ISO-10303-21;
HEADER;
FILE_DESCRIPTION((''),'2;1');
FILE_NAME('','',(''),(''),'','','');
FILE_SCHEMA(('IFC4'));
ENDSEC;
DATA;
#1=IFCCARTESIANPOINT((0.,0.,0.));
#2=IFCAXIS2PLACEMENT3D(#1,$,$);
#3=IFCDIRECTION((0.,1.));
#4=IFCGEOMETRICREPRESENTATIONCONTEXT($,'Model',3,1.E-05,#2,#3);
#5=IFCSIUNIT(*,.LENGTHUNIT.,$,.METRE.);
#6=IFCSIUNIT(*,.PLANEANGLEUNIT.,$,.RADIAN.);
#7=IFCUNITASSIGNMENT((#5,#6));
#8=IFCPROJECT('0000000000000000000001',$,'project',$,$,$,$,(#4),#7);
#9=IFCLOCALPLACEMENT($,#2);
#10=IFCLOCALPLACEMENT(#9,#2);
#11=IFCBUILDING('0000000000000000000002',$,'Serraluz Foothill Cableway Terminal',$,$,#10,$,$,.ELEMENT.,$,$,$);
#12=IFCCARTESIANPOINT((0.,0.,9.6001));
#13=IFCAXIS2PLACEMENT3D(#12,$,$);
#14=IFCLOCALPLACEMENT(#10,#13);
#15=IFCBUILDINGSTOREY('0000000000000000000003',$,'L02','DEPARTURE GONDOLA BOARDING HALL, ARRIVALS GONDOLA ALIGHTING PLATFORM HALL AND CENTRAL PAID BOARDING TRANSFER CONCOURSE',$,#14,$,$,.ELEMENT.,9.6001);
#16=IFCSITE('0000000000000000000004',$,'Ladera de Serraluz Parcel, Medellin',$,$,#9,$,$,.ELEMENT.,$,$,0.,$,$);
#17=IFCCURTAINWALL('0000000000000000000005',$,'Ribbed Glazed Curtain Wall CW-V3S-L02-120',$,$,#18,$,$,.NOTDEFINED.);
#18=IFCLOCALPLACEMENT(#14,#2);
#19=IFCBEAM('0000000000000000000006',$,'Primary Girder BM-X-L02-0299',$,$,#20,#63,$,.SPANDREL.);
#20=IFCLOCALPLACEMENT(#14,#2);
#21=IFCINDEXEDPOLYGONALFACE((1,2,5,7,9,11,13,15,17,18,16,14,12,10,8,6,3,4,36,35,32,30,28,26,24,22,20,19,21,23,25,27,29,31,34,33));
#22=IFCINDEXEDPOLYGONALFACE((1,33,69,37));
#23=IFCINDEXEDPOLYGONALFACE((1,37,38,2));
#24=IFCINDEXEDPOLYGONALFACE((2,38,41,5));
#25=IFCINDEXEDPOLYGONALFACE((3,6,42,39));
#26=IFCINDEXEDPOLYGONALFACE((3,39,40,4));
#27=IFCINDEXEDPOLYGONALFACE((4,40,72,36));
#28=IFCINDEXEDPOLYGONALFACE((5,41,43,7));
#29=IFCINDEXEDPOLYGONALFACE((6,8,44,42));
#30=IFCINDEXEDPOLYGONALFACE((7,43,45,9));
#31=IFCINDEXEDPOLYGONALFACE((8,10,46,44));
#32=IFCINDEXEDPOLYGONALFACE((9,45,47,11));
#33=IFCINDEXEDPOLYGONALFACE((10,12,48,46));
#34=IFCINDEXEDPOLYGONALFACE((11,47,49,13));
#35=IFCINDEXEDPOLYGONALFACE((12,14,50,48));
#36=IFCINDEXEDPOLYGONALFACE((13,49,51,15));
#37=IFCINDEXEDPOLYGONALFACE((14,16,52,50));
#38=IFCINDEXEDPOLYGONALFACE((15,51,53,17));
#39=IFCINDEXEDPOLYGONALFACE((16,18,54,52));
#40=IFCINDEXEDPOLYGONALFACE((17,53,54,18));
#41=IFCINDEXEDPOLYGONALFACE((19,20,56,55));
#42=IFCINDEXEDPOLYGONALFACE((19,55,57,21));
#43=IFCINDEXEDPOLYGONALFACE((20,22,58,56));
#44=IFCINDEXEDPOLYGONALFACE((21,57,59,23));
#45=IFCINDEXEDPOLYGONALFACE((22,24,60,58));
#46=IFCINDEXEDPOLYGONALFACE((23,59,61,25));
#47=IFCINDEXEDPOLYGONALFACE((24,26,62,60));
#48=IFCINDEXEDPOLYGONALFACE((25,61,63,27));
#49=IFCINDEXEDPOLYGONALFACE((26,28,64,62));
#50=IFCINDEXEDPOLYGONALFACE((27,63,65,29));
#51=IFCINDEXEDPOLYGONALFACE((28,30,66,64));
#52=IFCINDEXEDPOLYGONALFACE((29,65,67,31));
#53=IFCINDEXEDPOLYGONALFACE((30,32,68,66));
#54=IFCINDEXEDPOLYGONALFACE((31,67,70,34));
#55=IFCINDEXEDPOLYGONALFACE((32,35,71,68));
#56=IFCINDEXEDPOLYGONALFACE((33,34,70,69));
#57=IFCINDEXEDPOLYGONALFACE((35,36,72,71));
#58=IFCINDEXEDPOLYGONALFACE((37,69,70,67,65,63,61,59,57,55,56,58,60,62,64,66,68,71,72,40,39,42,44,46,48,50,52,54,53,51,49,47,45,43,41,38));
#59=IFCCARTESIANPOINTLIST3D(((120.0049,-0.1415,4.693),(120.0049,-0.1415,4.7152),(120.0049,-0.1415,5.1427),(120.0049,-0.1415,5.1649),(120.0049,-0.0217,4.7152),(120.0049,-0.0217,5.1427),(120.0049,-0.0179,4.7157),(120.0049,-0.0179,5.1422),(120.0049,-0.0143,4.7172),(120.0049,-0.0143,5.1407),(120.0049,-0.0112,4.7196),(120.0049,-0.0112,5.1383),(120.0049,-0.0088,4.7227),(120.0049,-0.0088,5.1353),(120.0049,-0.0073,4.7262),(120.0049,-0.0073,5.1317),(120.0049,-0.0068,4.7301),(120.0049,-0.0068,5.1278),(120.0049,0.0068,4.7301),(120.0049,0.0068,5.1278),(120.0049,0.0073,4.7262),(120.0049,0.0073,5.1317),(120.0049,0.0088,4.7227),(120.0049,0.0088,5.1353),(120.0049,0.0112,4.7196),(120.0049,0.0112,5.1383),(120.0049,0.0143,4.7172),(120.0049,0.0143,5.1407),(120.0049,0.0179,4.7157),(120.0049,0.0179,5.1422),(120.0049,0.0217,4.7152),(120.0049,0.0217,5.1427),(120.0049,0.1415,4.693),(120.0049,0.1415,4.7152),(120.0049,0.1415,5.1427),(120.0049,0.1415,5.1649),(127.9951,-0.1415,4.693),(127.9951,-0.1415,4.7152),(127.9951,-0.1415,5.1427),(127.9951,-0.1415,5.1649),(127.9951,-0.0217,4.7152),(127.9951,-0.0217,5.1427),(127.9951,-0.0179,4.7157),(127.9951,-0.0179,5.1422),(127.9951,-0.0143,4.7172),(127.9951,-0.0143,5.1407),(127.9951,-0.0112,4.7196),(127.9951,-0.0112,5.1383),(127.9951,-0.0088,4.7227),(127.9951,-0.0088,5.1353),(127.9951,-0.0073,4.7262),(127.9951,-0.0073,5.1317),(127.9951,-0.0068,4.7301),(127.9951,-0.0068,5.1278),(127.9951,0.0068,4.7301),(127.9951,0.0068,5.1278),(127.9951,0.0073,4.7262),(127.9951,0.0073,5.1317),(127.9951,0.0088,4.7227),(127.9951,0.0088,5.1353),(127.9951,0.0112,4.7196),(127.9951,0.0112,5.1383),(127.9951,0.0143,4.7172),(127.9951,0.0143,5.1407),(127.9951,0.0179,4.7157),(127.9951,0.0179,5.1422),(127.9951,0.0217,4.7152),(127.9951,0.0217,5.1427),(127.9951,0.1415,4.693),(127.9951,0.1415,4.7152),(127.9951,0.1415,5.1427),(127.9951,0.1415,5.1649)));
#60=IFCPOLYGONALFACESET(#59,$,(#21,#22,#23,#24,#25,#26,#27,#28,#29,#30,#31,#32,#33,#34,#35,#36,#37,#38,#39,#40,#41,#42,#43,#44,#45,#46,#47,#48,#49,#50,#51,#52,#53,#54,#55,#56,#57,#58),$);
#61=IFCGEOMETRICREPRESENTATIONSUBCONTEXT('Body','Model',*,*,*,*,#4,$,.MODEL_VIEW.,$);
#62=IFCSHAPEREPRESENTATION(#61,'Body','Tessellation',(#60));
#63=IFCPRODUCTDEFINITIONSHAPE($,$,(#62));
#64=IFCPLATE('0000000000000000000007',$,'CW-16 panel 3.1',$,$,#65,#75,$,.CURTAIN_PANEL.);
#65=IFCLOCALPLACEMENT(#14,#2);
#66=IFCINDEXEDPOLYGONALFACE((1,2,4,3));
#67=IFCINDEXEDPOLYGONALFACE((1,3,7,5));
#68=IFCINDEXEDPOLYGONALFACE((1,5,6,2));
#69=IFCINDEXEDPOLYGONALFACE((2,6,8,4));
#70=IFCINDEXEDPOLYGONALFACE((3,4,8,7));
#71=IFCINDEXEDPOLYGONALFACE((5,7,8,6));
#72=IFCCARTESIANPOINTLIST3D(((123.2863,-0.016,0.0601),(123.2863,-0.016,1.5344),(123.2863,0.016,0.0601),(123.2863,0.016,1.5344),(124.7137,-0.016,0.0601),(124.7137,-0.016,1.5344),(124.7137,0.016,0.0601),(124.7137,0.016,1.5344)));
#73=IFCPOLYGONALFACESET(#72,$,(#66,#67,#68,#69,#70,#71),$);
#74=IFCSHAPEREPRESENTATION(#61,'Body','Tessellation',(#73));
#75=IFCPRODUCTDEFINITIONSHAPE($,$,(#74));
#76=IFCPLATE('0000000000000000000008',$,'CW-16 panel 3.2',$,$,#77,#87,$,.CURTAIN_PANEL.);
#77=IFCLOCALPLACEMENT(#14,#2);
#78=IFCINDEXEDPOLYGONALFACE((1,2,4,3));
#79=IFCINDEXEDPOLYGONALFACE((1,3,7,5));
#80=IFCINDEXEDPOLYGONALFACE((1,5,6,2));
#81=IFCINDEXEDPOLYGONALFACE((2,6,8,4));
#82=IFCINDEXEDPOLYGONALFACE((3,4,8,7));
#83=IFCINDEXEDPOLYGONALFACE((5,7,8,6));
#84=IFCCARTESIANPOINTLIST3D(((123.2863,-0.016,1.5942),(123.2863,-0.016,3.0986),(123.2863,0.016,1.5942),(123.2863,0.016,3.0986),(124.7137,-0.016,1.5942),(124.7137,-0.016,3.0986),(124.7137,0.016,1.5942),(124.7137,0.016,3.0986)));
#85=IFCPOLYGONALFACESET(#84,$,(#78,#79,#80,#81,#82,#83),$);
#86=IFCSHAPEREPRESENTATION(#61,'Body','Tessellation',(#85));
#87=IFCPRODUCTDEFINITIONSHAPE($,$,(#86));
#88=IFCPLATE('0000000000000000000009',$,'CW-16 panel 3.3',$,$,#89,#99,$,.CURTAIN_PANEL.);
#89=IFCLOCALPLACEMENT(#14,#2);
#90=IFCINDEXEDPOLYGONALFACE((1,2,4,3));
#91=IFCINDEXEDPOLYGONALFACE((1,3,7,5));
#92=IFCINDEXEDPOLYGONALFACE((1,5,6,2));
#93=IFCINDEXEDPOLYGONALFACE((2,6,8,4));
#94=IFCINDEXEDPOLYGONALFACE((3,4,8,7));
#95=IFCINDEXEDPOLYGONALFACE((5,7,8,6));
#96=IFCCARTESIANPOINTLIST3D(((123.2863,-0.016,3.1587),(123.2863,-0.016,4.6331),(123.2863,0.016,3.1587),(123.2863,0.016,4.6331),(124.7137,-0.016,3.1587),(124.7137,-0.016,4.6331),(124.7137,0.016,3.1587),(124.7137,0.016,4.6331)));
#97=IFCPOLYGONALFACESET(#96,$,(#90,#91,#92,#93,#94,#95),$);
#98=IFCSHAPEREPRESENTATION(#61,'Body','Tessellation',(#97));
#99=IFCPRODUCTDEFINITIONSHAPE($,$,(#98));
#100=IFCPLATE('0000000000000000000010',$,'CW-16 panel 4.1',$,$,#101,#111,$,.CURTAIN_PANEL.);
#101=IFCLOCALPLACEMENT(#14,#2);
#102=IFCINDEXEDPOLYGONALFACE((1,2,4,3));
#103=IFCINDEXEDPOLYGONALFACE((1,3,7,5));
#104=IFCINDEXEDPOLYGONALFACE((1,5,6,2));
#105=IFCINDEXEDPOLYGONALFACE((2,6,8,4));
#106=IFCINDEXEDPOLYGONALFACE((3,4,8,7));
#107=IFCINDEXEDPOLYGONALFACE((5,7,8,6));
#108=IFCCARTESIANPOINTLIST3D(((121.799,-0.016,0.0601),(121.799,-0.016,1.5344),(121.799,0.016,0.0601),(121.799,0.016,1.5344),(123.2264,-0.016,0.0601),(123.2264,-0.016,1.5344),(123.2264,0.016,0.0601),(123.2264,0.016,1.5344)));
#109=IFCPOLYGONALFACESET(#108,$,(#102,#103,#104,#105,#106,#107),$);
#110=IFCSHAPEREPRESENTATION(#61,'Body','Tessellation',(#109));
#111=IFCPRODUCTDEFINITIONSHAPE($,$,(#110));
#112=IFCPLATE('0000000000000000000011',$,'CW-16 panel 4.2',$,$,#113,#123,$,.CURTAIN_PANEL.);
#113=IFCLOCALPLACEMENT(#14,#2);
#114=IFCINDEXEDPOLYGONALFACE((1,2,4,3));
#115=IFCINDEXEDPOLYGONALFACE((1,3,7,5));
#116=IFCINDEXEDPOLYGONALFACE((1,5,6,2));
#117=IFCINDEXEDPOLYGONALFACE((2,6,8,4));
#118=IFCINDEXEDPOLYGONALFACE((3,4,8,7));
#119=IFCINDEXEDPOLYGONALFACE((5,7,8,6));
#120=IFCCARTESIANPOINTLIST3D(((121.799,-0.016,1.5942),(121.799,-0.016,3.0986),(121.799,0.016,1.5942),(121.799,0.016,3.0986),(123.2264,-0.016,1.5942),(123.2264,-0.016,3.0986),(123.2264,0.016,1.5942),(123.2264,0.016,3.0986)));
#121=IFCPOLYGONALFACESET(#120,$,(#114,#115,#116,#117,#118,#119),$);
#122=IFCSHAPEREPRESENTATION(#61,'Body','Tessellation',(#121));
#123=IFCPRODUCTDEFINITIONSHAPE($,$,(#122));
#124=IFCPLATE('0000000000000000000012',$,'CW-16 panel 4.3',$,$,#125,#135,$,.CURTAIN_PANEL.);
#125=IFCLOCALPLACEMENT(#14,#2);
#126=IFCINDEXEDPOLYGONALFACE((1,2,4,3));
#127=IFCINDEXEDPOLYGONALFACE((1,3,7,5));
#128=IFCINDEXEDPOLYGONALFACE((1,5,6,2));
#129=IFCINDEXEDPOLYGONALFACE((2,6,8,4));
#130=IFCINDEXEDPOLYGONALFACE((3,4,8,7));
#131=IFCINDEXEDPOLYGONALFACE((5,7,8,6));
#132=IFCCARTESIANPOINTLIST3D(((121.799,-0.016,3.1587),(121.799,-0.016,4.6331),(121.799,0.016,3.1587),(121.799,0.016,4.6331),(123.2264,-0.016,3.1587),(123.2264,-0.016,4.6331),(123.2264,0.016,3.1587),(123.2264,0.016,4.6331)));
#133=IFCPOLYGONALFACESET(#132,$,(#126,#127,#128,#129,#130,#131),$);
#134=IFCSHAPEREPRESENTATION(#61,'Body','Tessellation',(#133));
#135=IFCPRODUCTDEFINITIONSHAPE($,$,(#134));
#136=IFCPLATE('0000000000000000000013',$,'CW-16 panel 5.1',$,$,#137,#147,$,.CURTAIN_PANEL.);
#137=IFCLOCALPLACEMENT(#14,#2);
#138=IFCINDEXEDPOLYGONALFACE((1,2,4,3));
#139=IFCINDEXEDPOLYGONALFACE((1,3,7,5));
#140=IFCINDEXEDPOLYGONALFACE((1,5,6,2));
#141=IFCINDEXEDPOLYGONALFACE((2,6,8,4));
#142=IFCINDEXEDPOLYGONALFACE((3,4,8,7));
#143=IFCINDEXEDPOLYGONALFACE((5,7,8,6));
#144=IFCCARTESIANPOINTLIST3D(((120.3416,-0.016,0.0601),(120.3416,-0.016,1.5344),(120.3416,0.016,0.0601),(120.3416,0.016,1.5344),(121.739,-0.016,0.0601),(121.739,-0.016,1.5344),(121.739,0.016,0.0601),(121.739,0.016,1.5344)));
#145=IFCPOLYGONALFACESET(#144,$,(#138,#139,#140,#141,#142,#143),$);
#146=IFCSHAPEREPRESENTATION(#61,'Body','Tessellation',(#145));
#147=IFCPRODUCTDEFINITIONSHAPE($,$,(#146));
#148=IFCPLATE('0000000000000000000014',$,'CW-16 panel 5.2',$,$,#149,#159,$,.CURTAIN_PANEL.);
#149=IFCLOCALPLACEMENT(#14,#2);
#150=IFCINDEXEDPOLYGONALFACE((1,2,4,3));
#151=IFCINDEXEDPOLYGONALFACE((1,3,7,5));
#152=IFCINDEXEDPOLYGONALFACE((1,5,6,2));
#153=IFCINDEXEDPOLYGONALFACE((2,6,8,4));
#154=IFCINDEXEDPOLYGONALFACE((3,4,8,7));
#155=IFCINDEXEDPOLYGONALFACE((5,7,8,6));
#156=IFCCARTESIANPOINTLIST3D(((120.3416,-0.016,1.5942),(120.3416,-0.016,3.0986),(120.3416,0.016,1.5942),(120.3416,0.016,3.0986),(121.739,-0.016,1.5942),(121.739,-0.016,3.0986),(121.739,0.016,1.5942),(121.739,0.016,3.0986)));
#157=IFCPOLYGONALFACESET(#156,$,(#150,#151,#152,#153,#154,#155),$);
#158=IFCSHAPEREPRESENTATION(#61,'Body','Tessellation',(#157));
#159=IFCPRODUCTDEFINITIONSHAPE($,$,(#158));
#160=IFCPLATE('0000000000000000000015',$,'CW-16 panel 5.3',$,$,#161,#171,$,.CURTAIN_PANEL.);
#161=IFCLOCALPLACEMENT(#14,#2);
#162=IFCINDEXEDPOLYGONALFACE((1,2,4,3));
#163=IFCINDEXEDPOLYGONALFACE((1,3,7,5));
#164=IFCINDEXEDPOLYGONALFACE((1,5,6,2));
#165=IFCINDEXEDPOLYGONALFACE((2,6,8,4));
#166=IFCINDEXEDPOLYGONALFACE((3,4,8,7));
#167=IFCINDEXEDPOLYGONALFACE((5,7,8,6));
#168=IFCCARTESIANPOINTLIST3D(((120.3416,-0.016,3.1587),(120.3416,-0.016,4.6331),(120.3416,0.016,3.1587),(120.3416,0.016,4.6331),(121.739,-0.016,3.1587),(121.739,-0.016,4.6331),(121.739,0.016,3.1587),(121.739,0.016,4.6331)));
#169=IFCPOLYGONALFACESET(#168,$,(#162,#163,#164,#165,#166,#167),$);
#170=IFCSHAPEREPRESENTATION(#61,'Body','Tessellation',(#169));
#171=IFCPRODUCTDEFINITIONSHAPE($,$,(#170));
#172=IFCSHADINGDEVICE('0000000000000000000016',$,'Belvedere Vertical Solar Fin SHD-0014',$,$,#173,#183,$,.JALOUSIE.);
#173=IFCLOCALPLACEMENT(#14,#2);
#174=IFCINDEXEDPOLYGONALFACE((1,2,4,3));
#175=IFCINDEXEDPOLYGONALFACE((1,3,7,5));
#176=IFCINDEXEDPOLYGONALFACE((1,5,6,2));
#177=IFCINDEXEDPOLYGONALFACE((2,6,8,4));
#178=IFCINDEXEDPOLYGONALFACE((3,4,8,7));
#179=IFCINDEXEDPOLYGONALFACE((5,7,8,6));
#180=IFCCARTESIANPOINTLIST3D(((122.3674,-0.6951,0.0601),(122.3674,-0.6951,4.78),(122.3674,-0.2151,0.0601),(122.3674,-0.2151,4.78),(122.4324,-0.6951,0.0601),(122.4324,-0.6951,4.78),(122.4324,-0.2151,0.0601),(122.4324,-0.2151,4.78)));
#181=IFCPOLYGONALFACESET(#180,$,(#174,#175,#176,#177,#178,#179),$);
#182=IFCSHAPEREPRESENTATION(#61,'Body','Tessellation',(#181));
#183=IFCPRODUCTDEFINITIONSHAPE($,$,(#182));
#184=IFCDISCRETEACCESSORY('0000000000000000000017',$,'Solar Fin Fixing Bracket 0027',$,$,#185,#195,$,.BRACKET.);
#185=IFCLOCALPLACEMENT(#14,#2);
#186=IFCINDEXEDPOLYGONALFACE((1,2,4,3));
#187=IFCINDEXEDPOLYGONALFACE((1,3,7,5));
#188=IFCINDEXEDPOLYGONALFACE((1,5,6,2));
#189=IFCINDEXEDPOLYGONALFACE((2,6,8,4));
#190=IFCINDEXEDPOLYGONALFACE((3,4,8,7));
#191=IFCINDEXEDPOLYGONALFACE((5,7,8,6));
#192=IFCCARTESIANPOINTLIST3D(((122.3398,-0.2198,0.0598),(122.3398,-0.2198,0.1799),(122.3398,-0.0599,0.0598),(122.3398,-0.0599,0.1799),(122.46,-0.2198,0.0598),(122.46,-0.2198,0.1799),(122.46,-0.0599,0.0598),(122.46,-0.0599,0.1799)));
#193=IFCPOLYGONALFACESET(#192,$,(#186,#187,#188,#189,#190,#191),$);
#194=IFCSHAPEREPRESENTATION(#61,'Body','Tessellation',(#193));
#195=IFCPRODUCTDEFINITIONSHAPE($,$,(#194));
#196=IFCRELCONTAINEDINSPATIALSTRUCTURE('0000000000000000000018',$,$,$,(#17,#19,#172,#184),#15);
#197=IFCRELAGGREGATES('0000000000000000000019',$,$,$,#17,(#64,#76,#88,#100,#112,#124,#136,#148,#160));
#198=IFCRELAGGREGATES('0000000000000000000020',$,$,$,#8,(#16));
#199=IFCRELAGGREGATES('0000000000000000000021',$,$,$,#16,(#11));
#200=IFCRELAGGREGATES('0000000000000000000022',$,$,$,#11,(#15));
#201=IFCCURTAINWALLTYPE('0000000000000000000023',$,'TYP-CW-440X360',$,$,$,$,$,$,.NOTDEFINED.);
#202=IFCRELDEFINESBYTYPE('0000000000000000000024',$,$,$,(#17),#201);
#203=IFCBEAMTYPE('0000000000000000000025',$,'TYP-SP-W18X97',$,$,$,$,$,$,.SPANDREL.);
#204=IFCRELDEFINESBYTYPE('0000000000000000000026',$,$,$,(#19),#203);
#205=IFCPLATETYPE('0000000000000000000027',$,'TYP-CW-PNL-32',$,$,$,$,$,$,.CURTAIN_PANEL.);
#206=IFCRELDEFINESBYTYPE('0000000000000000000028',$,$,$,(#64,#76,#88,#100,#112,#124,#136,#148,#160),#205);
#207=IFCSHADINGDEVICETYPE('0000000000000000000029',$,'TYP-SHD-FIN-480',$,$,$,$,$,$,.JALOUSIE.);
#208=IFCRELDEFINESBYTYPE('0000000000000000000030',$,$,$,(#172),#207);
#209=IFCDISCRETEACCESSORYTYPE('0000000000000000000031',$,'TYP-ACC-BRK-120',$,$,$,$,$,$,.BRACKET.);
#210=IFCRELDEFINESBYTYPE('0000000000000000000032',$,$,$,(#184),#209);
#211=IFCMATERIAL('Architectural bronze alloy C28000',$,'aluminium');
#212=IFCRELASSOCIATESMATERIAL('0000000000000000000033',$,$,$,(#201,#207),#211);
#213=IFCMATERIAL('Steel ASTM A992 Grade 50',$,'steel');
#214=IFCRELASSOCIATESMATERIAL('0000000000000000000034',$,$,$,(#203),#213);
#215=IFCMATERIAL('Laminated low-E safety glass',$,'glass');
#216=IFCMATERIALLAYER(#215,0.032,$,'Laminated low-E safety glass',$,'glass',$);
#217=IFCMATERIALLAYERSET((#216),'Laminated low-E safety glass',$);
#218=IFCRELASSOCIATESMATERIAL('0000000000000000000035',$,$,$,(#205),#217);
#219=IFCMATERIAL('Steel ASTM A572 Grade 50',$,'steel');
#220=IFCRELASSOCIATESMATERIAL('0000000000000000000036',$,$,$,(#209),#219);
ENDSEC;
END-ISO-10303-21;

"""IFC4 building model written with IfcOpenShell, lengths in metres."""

from ifc_helpers import new_model, si_unit, direction, frame, origin, origin_2d, place, context, subcontext, project, spatial, rectangle, i_section, extrude, material, layer, layer_set, material_profile, profile_set, type_object, element, aggregate, save


model = new_model("IFC4")

# Units and contexts
model_context = context("Model", 3, precision=1e-05, world=origin(), true_north=direction((0.0, 1.0)))
body_context = subcontext(model_context, "Body", "Model", "MODEL_VIEW")
ifc_project = project(units=[si_unit("LENGTHUNIT", "METRE"), si_unit("PLANEANGLEUNIT", "RADIAN")], contexts=[model_context])

# Site, building, storey
site_placement = place(None, origin())
site = spatial("IfcSite", under=ifc_project, at=site_placement, Name="Ladera de Serraluz Parcel, Medellin", CompositionType="ELEMENT", RefElevation=0.0)
building_placement = place(site_placement, origin())
building = spatial("IfcBuilding", under=site, at=building_placement, Name="Serraluz Foothill Cableway Terminal", CompositionType="ELEMENT")
storey_placement = place(building_placement, frame((0.0, 0.0, 9.6001)))
storey = spatial("IfcBuildingStorey", under=building, at=storey_placement, Name="L02", Description="DEPARTURE GONDOLA BOARDING HALL, ARRIVALS GONDOLA ALIGHTING PLATFORM HALL AND CENTRAL PAID BOARDING TRANSFER CONCOURSE", CompositionType="ELEMENT", Elevation=9.6001)

# Curtain wall
ifc_material_1 = material(Name="Architectural bronze alloy C28000", Category="aluminium")
curtain_wall_type = type_object("IfcCurtainWallType", Name="TYP-CW-440X360", PredefinedType="NOTDEFINED", material=ifc_material_1)
curtain_wall_placement = place(storey_placement, origin())
curtain_wall = element("IfcCurtainWall", 1, at=curtain_wall_placement, inside=storey, type_object=curtain_wall_type, Name="Ribbed Glazed Curtain Wall CW-V3S-L02-120", PredefinedType="NOTDEFINED")

# Beam
ifc_material_2 = material(Name="Steel ASTM A992 Grade 50", Category="steel")
ifc_material_profile_1 = material_profile(ifc_material_2, i_section(OverallWidth=0.283, OverallDepth=0.4719, WebThickness=0.0137, FlangeThickness=0.0222, FilletRadius=0.0149, at=origin_2d()), Name="W18X97")
ifc_profile_set_1 = profile_set([ifc_material_profile_1], Name="Steel ASTM A992 Grade 50")
beam_type = type_object("IfcBeamType", Name="TYP-SP-W18X97", PredefinedType="SPANDREL", material=ifc_profile_set_1)
beam_placement = place(storey_placement, frame((120.0049, 0.0, 4.929), z_axis=(1.0, 0.0, 0.0), x_axis=(0.0, 1.0, 0.0)))
element("IfcBeam", 2, at=beam_placement, inside=storey, type_object=beam_type, Name="Primary Girder BM-X-L02-0299", PredefinedType="SPANDREL", context=body_context, shape_type="SweptSolid", body=[
    extrude(i_section(OverallWidth=0.283, OverallDepth=0.4719, WebThickness=0.0137, FlangeThickness=0.0222, FilletRadius=0.0149, at=origin_2d()), origin(), (0.0, 0.0, 1.0), 7.9902),
])

# Plates
ifc_material_3 = material(Name="Laminated low-E safety glass", Category="glass")
ifc_layer = layer(ifc_material_3, 0.032, Name="Laminated low-E safety glass", Category="glass")
ifc_layer_set = layer_set([ifc_layer], Name="Laminated low-E safety glass")
plate_type = type_object("IfcPlateType", Name="TYP-CW-PNL-32", PredefinedType="CURTAIN_PANEL", material=ifc_layer_set)
plate_1_placement = place(storey_placement, frame((124.0, 0.0, 0.0601), z_axis=(0.0, 0.0, 1.0), x_axis=(-1.0, 0.0, 0.0)))
plate_1 = element("IfcPlate", 3, at=plate_1_placement, type_object=plate_type, Name="CW-16 panel 3.1", PredefinedType="CURTAIN_PANEL", context=body_context, shape_type="SweptSolid", body=[
    extrude(rectangle(XDim=1.4275, YDim=0.032, at=origin_2d()), origin(), (0.0, 0.0, 1.0), 1.4744),
])
plate_2_placement = place(storey_placement, frame((124.0, 0.0, 1.5942), z_axis=(0.0, 0.0, 1.0), x_axis=(-1.0, 0.0, 0.0)))
plate_2 = element("IfcPlate", 4, at=plate_2_placement, type_object=plate_type, Name="CW-16 panel 3.2", PredefinedType="CURTAIN_PANEL", context=body_context, shape_type="SweptSolid", body=[
    extrude(rectangle(XDim=1.4275, YDim=0.032, at=origin_2d()), origin(), (0.0, 0.0, 1.0), 1.5044),
])
plate_3_placement = place(storey_placement, frame((124.0, 0.0, 3.1587), z_axis=(0.0, 0.0, 1.0), x_axis=(-1.0, 0.0, 0.0)))
plate_3 = element("IfcPlate", 5, at=plate_3_placement, type_object=plate_type, Name="CW-16 panel 3.3", PredefinedType="CURTAIN_PANEL", context=body_context, shape_type="SweptSolid", body=[
    extrude(rectangle(XDim=1.4275, YDim=0.032, at=origin_2d()), origin(), (0.0, 0.0, 1.0), 1.4744),
])
plate_4_placement = place(storey_placement, frame((122.5127, 0.0, 0.0601), z_axis=(0.0, 0.0, 1.0), x_axis=(-1.0, 0.0, 0.0)))
plate_4 = element("IfcPlate", 6, at=plate_4_placement, type_object=plate_type, Name="CW-16 panel 4.1", PredefinedType="CURTAIN_PANEL", context=body_context, shape_type="SweptSolid", body=[
    extrude(rectangle(XDim=1.4275, YDim=0.032, at=origin_2d()), origin(), (0.0, 0.0, 1.0), 1.4744),
])
plate_5_placement = place(storey_placement, frame((122.5127, 0.0, 1.5942), z_axis=(0.0, 0.0, 1.0), x_axis=(-1.0, 0.0, 0.0)))
plate_5 = element("IfcPlate", 7, at=plate_5_placement, type_object=plate_type, Name="CW-16 panel 4.2", PredefinedType="CURTAIN_PANEL", context=body_context, shape_type="SweptSolid", body=[
    extrude(rectangle(XDim=1.4275, YDim=0.032, at=origin_2d()), origin(), (0.0, 0.0, 1.0), 1.5044),
])
plate_6_placement = place(storey_placement, frame((122.5127, 0.0, 3.1587), z_axis=(0.0, 0.0, 1.0), x_axis=(-1.0, 0.0, 0.0)))
plate_6 = element("IfcPlate", 8, at=plate_6_placement, type_object=plate_type, Name="CW-16 panel 4.3", PredefinedType="CURTAIN_PANEL", context=body_context, shape_type="SweptSolid", body=[
    extrude(rectangle(XDim=1.4275, YDim=0.032, at=origin_2d()), origin(), (0.0, 0.0, 1.0), 1.4744),
])
plate_7_placement = place(storey_placement, frame((121.0403, 0.0, 0.0601), z_axis=(0.0, 0.0, 1.0), x_axis=(-1.0, 0.0, 0.0)))
plate_7 = element("IfcPlate", 9, at=plate_7_placement, type_object=plate_type, Name="CW-16 panel 5.1", PredefinedType="CURTAIN_PANEL", context=body_context, shape_type="SweptSolid", body=[
    extrude(rectangle(XDim=1.3975, YDim=0.032, at=origin_2d()), origin(), (0.0, 0.0, 1.0), 1.4744),
])
plate_8_placement = place(storey_placement, frame((121.0403, 0.0, 1.5942), z_axis=(0.0, 0.0, 1.0), x_axis=(-1.0, 0.0, 0.0)))
plate_8 = element("IfcPlate", 10, at=plate_8_placement, type_object=plate_type, Name="CW-16 panel 5.2", PredefinedType="CURTAIN_PANEL", context=body_context, shape_type="SweptSolid", body=[
    extrude(rectangle(XDim=1.3975, YDim=0.032, at=origin_2d()), origin(), (0.0, 0.0, 1.0), 1.5044),
])
plate_9_placement = place(storey_placement, frame((121.0403, 0.0, 3.1587), z_axis=(0.0, 0.0, 1.0), x_axis=(-1.0, 0.0, 0.0)))
plate_9 = element("IfcPlate", 11, at=plate_9_placement, type_object=plate_type, Name="CW-16 panel 5.3", PredefinedType="CURTAIN_PANEL", context=body_context, shape_type="SweptSolid", body=[
    extrude(rectangle(XDim=1.3975, YDim=0.032, at=origin_2d()), origin(), (0.0, 0.0, 1.0), 1.4744),
])
aggregate(curtain_wall, [plate_1, plate_2, plate_3, plate_4, plate_5, plate_6, plate_7, plate_8, plate_9])

# Shading device
shading_device_type = type_object("IfcShadingDeviceType", Name="TYP-SHD-FIN-480", PredefinedType="JALOUSIE", material=ifc_material_1)
shading_device_placement = place(storey_placement, frame((122.3999, -0.4551, 0.0601), z_axis=(0.0, 0.0, 1.0), x_axis=(1.0, 0.0, 0.0)))
element("IfcShadingDevice", 12, at=shading_device_placement, inside=storey, type_object=shading_device_type, Name="Belvedere Vertical Solar Fin SHD-0014", PredefinedType="JALOUSIE", context=body_context, shape_type="SweptSolid", body=[
    extrude(rectangle(XDim=0.0649, YDim=0.48, at=origin_2d()), origin(), (0.0, 0.0, 1.0), 4.72),
])

# Discrete accessory
ifc_material_4 = material(Name="Steel ASTM A572 Grade 50", Category="steel")
discrete_accessory_type = type_object("IfcDiscreteAccessoryType", Name="TYP-ACC-BRK-120", PredefinedType="BRACKET", material=ifc_material_4)
for number, where, z_axis, x_axis, name in (
    (13, (122.3999, -0.1399, 0.0598), (0.0, 0.0, 1.0), (1.0, 0.0, 0.0), "Solar Fin Fixing Bracket 0027"),
):
    element("IfcDiscreteAccessory", number, at=place(storey_placement, frame(where, z_axis=z_axis, x_axis=x_axis)), inside=storey, type_object=discrete_accessory_type, Name=name, PredefinedType="BRACKET", context=body_context, shape_type="SweptSolid", body=[
        extrude(rectangle(XDim=0.1201, YDim=0.1599, at=origin_2d()), origin(), (0.0, 0.0, 1.0), 0.1201),
    ])

save(model, "model.ifc")
